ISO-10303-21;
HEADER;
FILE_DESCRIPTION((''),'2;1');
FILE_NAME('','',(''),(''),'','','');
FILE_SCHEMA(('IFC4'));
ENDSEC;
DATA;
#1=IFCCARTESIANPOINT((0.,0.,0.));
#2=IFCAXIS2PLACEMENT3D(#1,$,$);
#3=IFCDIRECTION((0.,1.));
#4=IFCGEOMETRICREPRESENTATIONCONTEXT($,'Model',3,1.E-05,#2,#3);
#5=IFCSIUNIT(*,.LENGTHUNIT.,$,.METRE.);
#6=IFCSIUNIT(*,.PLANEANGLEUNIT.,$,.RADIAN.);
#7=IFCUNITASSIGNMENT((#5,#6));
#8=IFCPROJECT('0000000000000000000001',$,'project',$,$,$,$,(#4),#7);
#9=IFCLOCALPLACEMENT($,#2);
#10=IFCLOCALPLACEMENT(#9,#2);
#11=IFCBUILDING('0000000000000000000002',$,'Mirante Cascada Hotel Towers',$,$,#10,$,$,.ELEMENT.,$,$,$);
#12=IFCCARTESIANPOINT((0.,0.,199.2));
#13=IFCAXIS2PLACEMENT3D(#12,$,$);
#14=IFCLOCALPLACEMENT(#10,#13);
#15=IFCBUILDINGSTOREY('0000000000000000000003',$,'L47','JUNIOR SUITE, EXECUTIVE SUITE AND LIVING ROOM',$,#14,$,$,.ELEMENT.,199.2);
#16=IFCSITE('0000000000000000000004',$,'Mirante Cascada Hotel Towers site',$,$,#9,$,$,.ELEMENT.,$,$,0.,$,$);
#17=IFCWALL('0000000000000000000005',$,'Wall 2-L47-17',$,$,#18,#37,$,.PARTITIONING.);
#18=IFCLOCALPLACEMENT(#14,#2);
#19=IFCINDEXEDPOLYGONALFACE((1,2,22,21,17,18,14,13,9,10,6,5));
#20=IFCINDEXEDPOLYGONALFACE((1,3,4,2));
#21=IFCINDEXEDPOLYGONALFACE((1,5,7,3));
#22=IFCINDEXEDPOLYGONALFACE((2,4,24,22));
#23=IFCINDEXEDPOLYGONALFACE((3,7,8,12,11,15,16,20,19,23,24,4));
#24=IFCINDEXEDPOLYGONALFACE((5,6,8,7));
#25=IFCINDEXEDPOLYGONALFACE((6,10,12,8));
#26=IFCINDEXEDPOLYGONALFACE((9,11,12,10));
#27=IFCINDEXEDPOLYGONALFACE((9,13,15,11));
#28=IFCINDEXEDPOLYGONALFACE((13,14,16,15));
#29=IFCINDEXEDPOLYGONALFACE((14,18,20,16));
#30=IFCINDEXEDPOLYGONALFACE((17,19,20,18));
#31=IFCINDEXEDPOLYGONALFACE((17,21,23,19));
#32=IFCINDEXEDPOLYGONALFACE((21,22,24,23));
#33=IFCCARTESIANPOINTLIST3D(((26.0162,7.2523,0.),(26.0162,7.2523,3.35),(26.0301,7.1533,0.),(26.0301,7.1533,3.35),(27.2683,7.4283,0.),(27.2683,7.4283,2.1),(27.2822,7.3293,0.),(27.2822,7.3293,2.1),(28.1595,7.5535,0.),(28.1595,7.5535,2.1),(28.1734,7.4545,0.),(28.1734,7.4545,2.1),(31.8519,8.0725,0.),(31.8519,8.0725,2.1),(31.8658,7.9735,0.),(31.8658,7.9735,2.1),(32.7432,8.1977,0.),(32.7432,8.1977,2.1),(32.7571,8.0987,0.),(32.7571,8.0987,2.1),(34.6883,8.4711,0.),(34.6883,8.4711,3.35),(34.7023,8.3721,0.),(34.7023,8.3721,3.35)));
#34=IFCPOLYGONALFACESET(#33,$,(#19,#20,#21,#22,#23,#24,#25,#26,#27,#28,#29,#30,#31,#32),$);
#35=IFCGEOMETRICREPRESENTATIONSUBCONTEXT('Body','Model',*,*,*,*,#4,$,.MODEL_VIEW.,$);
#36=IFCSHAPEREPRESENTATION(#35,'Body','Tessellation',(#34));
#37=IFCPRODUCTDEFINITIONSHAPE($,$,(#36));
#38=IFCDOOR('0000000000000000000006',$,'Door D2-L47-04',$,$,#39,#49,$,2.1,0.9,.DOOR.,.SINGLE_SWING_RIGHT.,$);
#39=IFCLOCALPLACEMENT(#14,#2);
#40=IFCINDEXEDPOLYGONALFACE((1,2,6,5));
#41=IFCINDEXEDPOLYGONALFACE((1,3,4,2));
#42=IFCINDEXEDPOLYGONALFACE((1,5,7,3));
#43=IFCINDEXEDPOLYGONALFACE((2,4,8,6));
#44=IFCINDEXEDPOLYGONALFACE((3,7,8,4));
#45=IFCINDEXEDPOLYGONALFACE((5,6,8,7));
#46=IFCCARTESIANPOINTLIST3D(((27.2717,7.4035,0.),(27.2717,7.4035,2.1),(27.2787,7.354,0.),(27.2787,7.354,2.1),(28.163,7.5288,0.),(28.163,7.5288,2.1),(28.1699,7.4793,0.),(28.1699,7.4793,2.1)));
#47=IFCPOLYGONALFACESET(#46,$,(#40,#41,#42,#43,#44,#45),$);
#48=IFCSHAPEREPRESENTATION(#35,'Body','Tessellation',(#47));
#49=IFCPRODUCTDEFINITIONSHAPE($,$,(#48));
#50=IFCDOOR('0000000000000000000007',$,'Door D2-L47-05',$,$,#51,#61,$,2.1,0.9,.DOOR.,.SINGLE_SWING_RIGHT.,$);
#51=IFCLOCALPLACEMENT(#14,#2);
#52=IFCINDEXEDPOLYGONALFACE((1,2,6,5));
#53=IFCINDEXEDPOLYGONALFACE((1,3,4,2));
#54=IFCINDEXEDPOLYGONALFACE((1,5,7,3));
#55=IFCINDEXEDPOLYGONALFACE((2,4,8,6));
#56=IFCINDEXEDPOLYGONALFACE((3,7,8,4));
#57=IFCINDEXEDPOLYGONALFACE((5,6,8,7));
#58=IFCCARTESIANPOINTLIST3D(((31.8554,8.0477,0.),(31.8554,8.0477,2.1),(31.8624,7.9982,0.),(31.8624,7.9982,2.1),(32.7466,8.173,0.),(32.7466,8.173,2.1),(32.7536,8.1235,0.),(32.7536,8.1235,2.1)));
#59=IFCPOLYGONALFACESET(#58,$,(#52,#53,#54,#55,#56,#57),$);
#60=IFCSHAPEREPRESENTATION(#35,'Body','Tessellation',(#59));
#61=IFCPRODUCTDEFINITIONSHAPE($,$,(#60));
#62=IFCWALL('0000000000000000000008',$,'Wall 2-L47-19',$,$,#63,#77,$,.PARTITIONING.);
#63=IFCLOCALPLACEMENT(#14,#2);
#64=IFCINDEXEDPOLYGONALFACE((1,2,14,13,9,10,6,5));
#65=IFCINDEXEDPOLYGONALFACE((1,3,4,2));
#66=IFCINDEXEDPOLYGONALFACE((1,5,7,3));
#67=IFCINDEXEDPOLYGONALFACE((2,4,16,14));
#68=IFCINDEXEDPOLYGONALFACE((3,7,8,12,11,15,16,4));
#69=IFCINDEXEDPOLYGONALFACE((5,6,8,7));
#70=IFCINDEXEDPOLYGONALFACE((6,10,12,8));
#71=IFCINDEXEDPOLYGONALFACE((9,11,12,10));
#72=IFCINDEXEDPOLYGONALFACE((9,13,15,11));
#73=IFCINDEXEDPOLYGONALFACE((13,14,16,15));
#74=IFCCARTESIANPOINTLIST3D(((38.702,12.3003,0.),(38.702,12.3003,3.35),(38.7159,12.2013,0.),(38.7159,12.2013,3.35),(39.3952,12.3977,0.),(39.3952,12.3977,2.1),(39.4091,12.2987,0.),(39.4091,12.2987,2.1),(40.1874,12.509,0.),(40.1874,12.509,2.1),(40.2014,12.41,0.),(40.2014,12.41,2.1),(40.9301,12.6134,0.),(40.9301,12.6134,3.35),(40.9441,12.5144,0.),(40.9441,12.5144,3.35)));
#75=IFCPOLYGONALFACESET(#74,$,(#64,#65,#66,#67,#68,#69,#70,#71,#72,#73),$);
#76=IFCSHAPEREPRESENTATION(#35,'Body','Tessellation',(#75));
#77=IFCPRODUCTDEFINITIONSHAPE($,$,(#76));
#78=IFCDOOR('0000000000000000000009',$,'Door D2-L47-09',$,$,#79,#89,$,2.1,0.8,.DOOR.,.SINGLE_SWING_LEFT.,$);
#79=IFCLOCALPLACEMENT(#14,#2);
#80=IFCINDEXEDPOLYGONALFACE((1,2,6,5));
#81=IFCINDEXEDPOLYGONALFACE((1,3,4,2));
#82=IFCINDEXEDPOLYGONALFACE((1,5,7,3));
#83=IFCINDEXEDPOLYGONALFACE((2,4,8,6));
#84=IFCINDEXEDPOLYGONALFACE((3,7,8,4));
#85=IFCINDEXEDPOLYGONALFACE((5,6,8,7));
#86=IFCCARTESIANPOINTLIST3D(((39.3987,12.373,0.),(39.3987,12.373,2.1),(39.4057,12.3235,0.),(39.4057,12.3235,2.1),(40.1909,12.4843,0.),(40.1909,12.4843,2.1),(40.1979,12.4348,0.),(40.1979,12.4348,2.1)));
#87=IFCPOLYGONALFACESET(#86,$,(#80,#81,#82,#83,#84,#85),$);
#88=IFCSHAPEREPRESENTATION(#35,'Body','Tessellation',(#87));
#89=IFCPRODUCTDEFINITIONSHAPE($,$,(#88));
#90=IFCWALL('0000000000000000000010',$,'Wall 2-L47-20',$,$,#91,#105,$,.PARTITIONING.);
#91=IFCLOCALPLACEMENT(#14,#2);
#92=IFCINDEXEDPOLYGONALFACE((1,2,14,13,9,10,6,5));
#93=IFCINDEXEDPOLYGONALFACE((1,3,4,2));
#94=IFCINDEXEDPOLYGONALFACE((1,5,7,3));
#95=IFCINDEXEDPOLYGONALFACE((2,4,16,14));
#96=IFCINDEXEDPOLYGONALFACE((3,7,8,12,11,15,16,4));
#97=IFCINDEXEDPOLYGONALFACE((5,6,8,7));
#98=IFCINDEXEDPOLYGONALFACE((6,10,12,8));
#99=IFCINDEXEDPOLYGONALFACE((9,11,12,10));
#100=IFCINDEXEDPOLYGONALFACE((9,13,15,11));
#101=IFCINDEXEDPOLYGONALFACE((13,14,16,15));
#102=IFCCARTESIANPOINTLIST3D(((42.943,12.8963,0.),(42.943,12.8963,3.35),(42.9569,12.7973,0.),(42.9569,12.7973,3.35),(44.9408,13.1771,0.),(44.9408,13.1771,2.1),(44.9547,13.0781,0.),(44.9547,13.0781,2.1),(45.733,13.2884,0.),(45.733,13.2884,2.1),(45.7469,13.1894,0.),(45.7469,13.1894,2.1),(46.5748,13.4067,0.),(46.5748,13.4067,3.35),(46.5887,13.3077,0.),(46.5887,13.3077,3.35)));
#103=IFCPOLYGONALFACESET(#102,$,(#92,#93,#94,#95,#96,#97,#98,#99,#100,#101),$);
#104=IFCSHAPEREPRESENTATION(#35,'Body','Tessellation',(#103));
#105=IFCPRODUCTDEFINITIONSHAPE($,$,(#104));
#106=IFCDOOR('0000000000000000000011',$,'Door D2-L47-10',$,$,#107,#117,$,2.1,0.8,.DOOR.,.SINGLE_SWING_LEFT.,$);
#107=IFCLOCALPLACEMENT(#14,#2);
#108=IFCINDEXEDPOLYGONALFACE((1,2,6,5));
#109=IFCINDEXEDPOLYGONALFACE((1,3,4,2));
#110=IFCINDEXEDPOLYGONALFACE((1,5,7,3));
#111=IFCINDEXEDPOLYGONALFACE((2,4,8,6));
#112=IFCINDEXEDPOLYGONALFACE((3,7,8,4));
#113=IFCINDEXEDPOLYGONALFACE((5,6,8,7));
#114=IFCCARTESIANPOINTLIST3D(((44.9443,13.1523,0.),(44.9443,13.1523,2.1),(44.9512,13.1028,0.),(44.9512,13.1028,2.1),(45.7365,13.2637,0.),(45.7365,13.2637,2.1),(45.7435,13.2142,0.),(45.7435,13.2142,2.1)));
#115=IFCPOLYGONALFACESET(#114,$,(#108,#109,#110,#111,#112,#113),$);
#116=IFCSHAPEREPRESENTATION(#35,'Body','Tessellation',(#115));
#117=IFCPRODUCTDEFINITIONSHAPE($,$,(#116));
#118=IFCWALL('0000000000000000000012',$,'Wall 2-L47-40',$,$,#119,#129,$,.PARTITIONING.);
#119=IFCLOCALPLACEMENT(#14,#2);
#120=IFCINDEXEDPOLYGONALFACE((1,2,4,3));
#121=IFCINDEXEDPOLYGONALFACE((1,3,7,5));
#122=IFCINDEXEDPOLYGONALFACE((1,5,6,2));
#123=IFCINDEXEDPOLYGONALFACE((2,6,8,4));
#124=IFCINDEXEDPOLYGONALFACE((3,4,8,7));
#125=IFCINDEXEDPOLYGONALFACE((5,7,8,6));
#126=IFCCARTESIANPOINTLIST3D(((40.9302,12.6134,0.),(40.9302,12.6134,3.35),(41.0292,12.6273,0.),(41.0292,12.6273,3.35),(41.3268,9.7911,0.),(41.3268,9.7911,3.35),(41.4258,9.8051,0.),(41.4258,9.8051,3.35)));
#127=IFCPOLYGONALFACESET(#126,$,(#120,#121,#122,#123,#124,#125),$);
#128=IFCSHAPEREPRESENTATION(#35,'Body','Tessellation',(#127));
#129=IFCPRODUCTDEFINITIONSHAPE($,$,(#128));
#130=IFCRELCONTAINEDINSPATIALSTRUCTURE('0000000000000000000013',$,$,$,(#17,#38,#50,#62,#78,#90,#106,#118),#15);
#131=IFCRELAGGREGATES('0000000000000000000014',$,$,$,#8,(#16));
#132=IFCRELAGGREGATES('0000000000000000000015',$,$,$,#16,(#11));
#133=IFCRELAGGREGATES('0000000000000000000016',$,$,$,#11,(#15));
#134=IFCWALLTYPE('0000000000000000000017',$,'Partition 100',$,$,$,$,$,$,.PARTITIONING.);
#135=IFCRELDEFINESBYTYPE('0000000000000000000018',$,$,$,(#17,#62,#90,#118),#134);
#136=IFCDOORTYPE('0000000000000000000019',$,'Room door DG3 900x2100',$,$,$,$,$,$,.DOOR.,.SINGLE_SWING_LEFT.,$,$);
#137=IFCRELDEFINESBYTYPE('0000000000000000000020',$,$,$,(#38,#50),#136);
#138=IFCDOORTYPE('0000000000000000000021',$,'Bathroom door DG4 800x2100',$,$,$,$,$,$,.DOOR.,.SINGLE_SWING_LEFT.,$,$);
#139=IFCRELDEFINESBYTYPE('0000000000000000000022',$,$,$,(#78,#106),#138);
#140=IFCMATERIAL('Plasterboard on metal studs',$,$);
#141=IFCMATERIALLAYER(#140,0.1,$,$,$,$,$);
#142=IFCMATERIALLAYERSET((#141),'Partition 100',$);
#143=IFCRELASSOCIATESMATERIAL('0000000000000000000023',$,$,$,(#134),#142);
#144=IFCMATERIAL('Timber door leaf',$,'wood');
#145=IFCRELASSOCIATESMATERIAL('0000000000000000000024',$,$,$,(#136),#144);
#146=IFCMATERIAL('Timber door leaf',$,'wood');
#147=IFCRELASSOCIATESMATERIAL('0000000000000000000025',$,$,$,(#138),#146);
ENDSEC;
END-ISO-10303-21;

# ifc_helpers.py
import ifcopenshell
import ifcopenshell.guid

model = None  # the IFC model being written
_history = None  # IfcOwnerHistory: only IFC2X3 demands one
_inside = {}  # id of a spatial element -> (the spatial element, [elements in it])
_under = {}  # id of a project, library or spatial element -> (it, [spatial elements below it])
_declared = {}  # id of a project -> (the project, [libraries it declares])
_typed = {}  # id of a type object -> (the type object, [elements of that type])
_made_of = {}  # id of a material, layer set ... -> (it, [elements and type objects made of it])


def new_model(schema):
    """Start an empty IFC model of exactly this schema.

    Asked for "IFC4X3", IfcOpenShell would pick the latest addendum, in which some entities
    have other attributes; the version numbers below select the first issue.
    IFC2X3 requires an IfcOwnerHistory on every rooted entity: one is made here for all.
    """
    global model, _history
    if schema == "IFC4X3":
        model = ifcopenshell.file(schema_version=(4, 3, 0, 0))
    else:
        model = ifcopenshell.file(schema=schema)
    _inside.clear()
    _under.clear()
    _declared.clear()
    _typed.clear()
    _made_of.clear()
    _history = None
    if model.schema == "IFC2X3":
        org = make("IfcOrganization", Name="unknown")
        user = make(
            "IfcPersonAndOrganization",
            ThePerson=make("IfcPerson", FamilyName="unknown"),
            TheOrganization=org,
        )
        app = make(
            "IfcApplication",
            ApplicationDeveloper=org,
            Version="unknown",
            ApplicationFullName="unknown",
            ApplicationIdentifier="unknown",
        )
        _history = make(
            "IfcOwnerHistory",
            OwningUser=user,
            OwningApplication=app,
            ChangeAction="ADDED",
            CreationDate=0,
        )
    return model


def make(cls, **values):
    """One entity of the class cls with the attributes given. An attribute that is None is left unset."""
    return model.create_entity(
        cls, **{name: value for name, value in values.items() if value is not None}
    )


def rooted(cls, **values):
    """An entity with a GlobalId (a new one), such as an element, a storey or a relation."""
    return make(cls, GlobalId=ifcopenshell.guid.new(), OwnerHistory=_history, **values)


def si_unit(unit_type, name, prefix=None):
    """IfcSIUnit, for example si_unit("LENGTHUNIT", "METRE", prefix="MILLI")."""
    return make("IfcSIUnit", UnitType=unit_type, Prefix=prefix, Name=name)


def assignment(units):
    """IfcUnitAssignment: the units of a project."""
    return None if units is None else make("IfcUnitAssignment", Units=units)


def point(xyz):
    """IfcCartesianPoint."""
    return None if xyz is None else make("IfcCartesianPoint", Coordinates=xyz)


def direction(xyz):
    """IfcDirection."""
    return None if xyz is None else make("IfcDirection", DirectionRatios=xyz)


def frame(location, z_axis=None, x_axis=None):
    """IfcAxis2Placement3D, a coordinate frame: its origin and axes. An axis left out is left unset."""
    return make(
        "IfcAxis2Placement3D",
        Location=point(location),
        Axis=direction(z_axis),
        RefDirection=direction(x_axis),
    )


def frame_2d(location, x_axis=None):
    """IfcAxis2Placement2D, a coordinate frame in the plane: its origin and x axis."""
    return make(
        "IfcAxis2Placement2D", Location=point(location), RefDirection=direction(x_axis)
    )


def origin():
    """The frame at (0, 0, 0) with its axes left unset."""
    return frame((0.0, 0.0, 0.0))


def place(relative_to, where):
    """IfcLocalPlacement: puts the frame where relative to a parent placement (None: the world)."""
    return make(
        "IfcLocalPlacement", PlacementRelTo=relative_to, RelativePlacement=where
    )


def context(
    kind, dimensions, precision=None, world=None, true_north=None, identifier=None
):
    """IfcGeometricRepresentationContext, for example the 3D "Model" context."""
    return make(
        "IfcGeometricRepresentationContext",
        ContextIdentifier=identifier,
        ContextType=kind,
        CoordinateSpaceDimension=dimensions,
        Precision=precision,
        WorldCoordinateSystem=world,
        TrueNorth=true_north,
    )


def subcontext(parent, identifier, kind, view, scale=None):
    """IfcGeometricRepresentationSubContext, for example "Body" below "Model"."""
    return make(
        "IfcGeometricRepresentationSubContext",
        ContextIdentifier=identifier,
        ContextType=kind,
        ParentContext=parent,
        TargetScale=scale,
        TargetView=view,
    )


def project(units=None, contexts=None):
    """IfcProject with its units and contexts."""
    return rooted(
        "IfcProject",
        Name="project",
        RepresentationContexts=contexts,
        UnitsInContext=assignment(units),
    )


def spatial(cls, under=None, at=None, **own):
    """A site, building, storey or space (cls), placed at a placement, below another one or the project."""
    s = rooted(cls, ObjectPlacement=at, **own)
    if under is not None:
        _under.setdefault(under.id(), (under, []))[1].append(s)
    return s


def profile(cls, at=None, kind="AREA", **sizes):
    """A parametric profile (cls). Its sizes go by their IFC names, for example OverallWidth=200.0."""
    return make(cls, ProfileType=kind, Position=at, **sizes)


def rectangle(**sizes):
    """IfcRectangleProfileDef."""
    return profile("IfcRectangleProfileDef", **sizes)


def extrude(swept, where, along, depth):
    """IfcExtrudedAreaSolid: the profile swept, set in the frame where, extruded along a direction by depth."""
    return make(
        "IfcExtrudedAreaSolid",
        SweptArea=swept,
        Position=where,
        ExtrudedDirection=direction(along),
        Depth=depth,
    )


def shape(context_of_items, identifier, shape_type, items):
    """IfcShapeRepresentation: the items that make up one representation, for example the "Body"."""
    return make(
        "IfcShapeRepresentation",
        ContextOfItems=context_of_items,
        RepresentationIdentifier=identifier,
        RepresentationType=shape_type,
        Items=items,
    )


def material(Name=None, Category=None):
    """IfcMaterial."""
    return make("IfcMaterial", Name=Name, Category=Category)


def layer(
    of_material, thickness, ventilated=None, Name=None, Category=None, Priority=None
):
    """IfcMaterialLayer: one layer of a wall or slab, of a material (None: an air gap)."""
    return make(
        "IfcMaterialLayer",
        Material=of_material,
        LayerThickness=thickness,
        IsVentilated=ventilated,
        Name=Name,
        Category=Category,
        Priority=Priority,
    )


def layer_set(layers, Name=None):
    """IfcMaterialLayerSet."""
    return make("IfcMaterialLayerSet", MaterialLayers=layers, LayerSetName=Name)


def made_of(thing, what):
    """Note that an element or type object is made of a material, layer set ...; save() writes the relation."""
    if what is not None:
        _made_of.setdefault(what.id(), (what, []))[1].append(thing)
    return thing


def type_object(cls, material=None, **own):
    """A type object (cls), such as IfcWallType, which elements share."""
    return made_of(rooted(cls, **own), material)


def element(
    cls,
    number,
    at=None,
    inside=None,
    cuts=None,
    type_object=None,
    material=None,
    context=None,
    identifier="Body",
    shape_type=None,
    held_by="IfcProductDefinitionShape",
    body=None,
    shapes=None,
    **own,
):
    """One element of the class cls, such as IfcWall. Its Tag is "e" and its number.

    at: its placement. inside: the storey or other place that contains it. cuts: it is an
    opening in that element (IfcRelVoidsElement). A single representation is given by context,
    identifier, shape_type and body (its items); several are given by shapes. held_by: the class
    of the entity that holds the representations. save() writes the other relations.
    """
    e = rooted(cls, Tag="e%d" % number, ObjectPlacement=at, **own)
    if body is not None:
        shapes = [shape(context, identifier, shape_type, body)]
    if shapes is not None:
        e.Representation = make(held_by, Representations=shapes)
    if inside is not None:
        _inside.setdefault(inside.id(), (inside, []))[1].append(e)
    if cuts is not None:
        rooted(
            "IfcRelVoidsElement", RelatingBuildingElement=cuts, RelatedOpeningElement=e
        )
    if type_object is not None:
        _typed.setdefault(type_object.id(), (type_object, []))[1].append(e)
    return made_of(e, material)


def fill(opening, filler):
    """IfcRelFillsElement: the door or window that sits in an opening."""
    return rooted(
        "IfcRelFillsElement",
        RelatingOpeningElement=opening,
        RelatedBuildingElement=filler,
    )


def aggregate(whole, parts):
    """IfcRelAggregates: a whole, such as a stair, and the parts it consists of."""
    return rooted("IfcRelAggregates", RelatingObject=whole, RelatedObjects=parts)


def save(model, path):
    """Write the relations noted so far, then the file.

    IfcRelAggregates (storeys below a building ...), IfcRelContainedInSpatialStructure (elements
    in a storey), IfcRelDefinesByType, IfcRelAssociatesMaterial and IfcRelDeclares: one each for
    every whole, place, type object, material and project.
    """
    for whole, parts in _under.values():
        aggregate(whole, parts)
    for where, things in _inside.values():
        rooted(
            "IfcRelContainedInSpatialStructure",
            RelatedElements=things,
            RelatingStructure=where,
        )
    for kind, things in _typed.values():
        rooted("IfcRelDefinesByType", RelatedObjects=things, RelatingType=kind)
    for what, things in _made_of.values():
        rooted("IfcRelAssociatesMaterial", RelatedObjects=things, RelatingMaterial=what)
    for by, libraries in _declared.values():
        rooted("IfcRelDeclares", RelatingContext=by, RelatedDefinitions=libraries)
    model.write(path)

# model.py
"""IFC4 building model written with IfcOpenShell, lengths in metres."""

from ifc_helpers import new_model, si_unit, direction, frame, frame_2d, origin, place, context, subcontext, project, spatial, rectangle, extrude, material, layer, layer_set, type_object, element, fill, save


model = new_model("IFC4")

# Units and contexts
model_context = context("Model", 3, precision=1e-05, world=origin(), true_north=direction((0.0, 1.0)))
body_context = subcontext(model_context, "Body", "Model", "MODEL_VIEW")
ifc_project = project(units=[si_unit("LENGTHUNIT", "METRE"), si_unit("PLANEANGLEUNIT", "RADIAN")], contexts=[model_context])

# Site, building, storey
site_placement = place(None, origin())
site = spatial("IfcSite", under=ifc_project, at=site_placement, Name="Mirante Cascada Hotel Towers site", CompositionType="ELEMENT", RefElevation=0.0)
building_placement = place(site_placement, origin())
building = spatial("IfcBuilding", under=site, at=building_placement, Name="Mirante Cascada Hotel Towers", CompositionType="ELEMENT")
storey_placement = place(building_placement, frame((0.0, 0.0, 199.2)))
storey = spatial("IfcBuildingStorey", under=building, at=storey_placement, Name="L47", Description="JUNIOR SUITE, EXECUTIVE SUITE AND LIVING ROOM", CompositionType="ELEMENT", Elevation=199.2)

# Shared definitions
ifc_material_1 = material(Name="Plasterboard on metal studs")
ifc_layer_1 = layer(ifc_material_1, 0.1)
ifc_layer_set_1 = layer_set([ifc_layer_1], Name="Partition 100")
wall_type_1 = type_object("IfcWallType", Name="Partition 100", PredefinedType="PARTITIONING", material=ifc_layer_set_1)

# Wall, openings, doors
wall_1_placement = place(storey_placement, frame((34.6953, 8.4216, 0.0), z_axis=(0.0, 0.0, 1.0), x_axis=(-0.990268, -0.139173, 0.0)))
wall_1 = element("IfcWall", 1, at=wall_1_placement, inside=storey, type_object=wall_type_1, Name="Wall 2-L47-17", PredefinedType="PARTITIONING", context=body_context, shape_type="SweptSolid", body=[
    extrude(rectangle(XDim=8.7574, YDim=0.1, at=frame_2d((4.3787, 0.0))), origin(), (0.0, 0.0, 1.0), 3.35),
])
opening_1_placement = place(wall_1_placement, frame((6.593, 0.0, 0.0)))
opening_1 = element("IfcOpeningElement", 2, at=opening_1_placement, cuts=wall_1, PredefinedType="OPENING", context=body_context, shape_type="SweptSolid", body=[
    extrude(rectangle(XDim=0.9, YDim=2.1, at=frame_2d((0.45, 1.05))), frame((0.0, 0.05, 0.0), z_axis=(0.0, -1.0, 0.0), x_axis=(1.0, 0.0, 0.0)), (0.0, 0.0, 1.0), 0.1),
])
opening_2_placement = place(wall_1_placement, frame((1.9643, 0.0, 0.0)))
opening_2 = element("IfcOpeningElement", 3, at=opening_2_placement, cuts=wall_1, PredefinedType="OPENING", context=body_context, shape_type="SweptSolid", body=[
    extrude(rectangle(XDim=0.9, YDim=2.1, at=frame_2d((0.45, 1.05))), frame((0.0, 0.05, 0.0), z_axis=(0.0, -1.0, 0.0), x_axis=(1.0, 0.0, 0.0)), (0.0, 0.0, 1.0), 0.1),
])
ifc_material_2 = material(Name="Timber door leaf", Category="wood")
door_type_1 = type_object("IfcDoorType", Name="Room door DG3 900x2100", OperationType="SINGLE_SWING_LEFT", PredefinedType="DOOR", material=ifc_material_2)
door_1_placement = place(opening_1_placement, frame((0.9, 0.0, 0.0), z_axis=(0.0, 0.0, 1.0), x_axis=(-1.0, 0.0, 0.0)))
door_1 = element("IfcDoor", 4, at=door_1_placement, inside=storey, type_object=door_type_1, Name="Door D2-L47-04", OperationType="SINGLE_SWING_RIGHT", OverallHeight=2.1, OverallWidth=0.9, PredefinedType="DOOR", context=body_context, shape_type="SweptSolid", body=[
    extrude(rectangle(XDim=0.9, YDim=2.1, at=frame_2d((0.45, 1.05))), frame((0.0, 0.025, 0.0), z_axis=(0.0, -1.0, 0.0), x_axis=(1.0, 0.0, 0.0)), (0.0, 0.0, 1.0), 0.05),
])
fill(opening_1, door_1)
door_2_placement = place(opening_2_placement, frame((0.9, 0.0, 0.0), z_axis=(0.0, 0.0, 1.0), x_axis=(-1.0, 0.0, 0.0)))
door_2 = element("IfcDoor", 5, at=door_2_placement, inside=storey, type_object=door_type_1, Name="Door D2-L47-05", OperationType="SINGLE_SWING_RIGHT", OverallHeight=2.1, OverallWidth=0.9, PredefinedType="DOOR", context=body_context, shape_type="SweptSolid", body=[
    extrude(rectangle(XDim=0.9, YDim=2.1, at=frame_2d((0.45, 1.05))), frame((0.0, 0.025, 0.0), z_axis=(0.0, -1.0, 0.0), x_axis=(1.0, 0.0, 0.0)), (0.0, 0.0, 1.0), 0.05),
])
fill(opening_2, door_2)

# Walls, openings, doors
wall_2_placement = place(storey_placement, frame((40.9371, 12.5639, 0.0), z_axis=(0.0, 0.0, 1.0), x_axis=(-0.990271, -0.139156, 0.0)))
wall_2 = element("IfcWall", 6, at=wall_2_placement, inside=storey, type_object=wall_type_1, Name="Wall 2-L47-19", PredefinedType="PARTITIONING", context=body_context, shape_type="SweptSolid", body=[
    extrude(rectangle(XDim=2.25, YDim=0.1, at=frame_2d((1.125, 0.0))), origin(), (0.0, 0.0, 1.0), 3.35),
])
opening_3_placement = place(wall_2_placement, frame((0.75, 0.0, 0.0)))
opening_3 = element("IfcOpeningElement", 7, at=opening_3_placement, cuts=wall_2, PredefinedType="OPENING", context=body_context, shape_type="SweptSolid", body=[
    extrude(rectangle(XDim=0.8, YDim=2.1, at=frame_2d((0.4, 1.05))), frame((0.0, 0.05, 0.0), z_axis=(0.0, -1.0, 0.0), x_axis=(1.0, 0.0, 0.0)), (0.0, 0.0, 1.0), 0.1),
])
ifc_material_3 = material(Name="Timber door leaf", Category="wood")
door_type_2 = type_object("IfcDoorType", Name="Bathroom door DG4 800x2100", OperationType="SINGLE_SWING_LEFT", PredefinedType="DOOR", material=ifc_material_3)
door_3_placement = place(opening_3_placement, origin())
door_3 = element("IfcDoor", 8, at=door_3_placement, inside=storey, type_object=door_type_2, Name="Door D2-L47-09", OperationType="SINGLE_SWING_LEFT", OverallHeight=2.1, OverallWidth=0.8, PredefinedType="DOOR", context=body_context, shape_type="SweptSolid", body=[
    extrude(rectangle(XDim=0.8, YDim=2.1, at=frame_2d((0.4, 1.05))), frame((0.0, 0.025, 0.0), z_axis=(0.0, -1.0, 0.0), x_axis=(1.0, 0.0, 0.0)), (0.0, 0.0, 1.0), 0.05),
])
fill(opening_3, door_3)
wall_3_placement = place(storey_placement, frame((42.9499, 12.8468, 0.0), z_axis=(0.0, 0.0, 1.0), x_axis=(0.990269, 0.139169, 0.0)))
wall_3 = element("IfcWall", 9, at=wall_3_placement, inside=storey, type_object=wall_type_1, Name="Wall 2-L47-20", PredefinedType="PARTITIONING", context=body_context, shape_type="SweptSolid", body=[
    extrude(rectangle(XDim=3.6675, YDim=0.1, at=frame_2d((1.8338, 0.0))), origin(), (0.0, 0.0, 1.0), 3.35),
])
opening_4_placement = place(wall_3_placement, frame((2.0175, 0.0, 0.0)))
opening_4 = element("IfcOpeningElement", 10, at=opening_4_placement, cuts=wall_3, PredefinedType="OPENING", context=body_context, shape_type="SweptSolid", body=[
    extrude(rectangle(XDim=0.8, YDim=2.1, at=frame_2d((0.4, 1.05))), frame((0.0, 0.05, 0.0), z_axis=(0.0, -1.0, 0.0), x_axis=(1.0, 0.0, 0.0)), (0.0, 0.0, 1.0), 0.1),
])
door_4_placement = place(opening_4_placement, origin())
door_4 = element("IfcDoor", 11, at=door_4_placement, inside=storey, type_object=door_type_2, Name="Door D2-L47-10", OperationType="SINGLE_SWING_LEFT", OverallHeight=2.1, OverallWidth=0.8, PredefinedType="DOOR", context=body_context, shape_type="SweptSolid", body=[
    extrude(rectangle(XDim=0.8, YDim=2.1, at=frame_2d((0.4, 1.05))), frame((0.0, 0.025, 0.0), z_axis=(0.0, -1.0, 0.0), x_axis=(1.0, 0.0, 0.0)), (0.0, 0.0, 1.0), 0.05),
])
fill(opening_4, door_4)

# Wall
wall_4_placement = place(storey_placement, frame((41.3763, 9.7981, 0.0), z_axis=(0.0, 0.0, 1.0), x_axis=(-0.139156, 0.99027, 0.0)))
element("IfcWall", 12, at=wall_4_placement, inside=storey, type_object=wall_type_1, Name="Wall 2-L47-40", PredefinedType="PARTITIONING", context=body_context, shape_type="SweptSolid", body=[
    extrude(rectangle(XDim=2.85, YDim=0.1, at=frame_2d((1.425, 0.0))), origin(), (0.0, 0.0, 1.0), 3.35),
])

save(model, "model.ifc")
